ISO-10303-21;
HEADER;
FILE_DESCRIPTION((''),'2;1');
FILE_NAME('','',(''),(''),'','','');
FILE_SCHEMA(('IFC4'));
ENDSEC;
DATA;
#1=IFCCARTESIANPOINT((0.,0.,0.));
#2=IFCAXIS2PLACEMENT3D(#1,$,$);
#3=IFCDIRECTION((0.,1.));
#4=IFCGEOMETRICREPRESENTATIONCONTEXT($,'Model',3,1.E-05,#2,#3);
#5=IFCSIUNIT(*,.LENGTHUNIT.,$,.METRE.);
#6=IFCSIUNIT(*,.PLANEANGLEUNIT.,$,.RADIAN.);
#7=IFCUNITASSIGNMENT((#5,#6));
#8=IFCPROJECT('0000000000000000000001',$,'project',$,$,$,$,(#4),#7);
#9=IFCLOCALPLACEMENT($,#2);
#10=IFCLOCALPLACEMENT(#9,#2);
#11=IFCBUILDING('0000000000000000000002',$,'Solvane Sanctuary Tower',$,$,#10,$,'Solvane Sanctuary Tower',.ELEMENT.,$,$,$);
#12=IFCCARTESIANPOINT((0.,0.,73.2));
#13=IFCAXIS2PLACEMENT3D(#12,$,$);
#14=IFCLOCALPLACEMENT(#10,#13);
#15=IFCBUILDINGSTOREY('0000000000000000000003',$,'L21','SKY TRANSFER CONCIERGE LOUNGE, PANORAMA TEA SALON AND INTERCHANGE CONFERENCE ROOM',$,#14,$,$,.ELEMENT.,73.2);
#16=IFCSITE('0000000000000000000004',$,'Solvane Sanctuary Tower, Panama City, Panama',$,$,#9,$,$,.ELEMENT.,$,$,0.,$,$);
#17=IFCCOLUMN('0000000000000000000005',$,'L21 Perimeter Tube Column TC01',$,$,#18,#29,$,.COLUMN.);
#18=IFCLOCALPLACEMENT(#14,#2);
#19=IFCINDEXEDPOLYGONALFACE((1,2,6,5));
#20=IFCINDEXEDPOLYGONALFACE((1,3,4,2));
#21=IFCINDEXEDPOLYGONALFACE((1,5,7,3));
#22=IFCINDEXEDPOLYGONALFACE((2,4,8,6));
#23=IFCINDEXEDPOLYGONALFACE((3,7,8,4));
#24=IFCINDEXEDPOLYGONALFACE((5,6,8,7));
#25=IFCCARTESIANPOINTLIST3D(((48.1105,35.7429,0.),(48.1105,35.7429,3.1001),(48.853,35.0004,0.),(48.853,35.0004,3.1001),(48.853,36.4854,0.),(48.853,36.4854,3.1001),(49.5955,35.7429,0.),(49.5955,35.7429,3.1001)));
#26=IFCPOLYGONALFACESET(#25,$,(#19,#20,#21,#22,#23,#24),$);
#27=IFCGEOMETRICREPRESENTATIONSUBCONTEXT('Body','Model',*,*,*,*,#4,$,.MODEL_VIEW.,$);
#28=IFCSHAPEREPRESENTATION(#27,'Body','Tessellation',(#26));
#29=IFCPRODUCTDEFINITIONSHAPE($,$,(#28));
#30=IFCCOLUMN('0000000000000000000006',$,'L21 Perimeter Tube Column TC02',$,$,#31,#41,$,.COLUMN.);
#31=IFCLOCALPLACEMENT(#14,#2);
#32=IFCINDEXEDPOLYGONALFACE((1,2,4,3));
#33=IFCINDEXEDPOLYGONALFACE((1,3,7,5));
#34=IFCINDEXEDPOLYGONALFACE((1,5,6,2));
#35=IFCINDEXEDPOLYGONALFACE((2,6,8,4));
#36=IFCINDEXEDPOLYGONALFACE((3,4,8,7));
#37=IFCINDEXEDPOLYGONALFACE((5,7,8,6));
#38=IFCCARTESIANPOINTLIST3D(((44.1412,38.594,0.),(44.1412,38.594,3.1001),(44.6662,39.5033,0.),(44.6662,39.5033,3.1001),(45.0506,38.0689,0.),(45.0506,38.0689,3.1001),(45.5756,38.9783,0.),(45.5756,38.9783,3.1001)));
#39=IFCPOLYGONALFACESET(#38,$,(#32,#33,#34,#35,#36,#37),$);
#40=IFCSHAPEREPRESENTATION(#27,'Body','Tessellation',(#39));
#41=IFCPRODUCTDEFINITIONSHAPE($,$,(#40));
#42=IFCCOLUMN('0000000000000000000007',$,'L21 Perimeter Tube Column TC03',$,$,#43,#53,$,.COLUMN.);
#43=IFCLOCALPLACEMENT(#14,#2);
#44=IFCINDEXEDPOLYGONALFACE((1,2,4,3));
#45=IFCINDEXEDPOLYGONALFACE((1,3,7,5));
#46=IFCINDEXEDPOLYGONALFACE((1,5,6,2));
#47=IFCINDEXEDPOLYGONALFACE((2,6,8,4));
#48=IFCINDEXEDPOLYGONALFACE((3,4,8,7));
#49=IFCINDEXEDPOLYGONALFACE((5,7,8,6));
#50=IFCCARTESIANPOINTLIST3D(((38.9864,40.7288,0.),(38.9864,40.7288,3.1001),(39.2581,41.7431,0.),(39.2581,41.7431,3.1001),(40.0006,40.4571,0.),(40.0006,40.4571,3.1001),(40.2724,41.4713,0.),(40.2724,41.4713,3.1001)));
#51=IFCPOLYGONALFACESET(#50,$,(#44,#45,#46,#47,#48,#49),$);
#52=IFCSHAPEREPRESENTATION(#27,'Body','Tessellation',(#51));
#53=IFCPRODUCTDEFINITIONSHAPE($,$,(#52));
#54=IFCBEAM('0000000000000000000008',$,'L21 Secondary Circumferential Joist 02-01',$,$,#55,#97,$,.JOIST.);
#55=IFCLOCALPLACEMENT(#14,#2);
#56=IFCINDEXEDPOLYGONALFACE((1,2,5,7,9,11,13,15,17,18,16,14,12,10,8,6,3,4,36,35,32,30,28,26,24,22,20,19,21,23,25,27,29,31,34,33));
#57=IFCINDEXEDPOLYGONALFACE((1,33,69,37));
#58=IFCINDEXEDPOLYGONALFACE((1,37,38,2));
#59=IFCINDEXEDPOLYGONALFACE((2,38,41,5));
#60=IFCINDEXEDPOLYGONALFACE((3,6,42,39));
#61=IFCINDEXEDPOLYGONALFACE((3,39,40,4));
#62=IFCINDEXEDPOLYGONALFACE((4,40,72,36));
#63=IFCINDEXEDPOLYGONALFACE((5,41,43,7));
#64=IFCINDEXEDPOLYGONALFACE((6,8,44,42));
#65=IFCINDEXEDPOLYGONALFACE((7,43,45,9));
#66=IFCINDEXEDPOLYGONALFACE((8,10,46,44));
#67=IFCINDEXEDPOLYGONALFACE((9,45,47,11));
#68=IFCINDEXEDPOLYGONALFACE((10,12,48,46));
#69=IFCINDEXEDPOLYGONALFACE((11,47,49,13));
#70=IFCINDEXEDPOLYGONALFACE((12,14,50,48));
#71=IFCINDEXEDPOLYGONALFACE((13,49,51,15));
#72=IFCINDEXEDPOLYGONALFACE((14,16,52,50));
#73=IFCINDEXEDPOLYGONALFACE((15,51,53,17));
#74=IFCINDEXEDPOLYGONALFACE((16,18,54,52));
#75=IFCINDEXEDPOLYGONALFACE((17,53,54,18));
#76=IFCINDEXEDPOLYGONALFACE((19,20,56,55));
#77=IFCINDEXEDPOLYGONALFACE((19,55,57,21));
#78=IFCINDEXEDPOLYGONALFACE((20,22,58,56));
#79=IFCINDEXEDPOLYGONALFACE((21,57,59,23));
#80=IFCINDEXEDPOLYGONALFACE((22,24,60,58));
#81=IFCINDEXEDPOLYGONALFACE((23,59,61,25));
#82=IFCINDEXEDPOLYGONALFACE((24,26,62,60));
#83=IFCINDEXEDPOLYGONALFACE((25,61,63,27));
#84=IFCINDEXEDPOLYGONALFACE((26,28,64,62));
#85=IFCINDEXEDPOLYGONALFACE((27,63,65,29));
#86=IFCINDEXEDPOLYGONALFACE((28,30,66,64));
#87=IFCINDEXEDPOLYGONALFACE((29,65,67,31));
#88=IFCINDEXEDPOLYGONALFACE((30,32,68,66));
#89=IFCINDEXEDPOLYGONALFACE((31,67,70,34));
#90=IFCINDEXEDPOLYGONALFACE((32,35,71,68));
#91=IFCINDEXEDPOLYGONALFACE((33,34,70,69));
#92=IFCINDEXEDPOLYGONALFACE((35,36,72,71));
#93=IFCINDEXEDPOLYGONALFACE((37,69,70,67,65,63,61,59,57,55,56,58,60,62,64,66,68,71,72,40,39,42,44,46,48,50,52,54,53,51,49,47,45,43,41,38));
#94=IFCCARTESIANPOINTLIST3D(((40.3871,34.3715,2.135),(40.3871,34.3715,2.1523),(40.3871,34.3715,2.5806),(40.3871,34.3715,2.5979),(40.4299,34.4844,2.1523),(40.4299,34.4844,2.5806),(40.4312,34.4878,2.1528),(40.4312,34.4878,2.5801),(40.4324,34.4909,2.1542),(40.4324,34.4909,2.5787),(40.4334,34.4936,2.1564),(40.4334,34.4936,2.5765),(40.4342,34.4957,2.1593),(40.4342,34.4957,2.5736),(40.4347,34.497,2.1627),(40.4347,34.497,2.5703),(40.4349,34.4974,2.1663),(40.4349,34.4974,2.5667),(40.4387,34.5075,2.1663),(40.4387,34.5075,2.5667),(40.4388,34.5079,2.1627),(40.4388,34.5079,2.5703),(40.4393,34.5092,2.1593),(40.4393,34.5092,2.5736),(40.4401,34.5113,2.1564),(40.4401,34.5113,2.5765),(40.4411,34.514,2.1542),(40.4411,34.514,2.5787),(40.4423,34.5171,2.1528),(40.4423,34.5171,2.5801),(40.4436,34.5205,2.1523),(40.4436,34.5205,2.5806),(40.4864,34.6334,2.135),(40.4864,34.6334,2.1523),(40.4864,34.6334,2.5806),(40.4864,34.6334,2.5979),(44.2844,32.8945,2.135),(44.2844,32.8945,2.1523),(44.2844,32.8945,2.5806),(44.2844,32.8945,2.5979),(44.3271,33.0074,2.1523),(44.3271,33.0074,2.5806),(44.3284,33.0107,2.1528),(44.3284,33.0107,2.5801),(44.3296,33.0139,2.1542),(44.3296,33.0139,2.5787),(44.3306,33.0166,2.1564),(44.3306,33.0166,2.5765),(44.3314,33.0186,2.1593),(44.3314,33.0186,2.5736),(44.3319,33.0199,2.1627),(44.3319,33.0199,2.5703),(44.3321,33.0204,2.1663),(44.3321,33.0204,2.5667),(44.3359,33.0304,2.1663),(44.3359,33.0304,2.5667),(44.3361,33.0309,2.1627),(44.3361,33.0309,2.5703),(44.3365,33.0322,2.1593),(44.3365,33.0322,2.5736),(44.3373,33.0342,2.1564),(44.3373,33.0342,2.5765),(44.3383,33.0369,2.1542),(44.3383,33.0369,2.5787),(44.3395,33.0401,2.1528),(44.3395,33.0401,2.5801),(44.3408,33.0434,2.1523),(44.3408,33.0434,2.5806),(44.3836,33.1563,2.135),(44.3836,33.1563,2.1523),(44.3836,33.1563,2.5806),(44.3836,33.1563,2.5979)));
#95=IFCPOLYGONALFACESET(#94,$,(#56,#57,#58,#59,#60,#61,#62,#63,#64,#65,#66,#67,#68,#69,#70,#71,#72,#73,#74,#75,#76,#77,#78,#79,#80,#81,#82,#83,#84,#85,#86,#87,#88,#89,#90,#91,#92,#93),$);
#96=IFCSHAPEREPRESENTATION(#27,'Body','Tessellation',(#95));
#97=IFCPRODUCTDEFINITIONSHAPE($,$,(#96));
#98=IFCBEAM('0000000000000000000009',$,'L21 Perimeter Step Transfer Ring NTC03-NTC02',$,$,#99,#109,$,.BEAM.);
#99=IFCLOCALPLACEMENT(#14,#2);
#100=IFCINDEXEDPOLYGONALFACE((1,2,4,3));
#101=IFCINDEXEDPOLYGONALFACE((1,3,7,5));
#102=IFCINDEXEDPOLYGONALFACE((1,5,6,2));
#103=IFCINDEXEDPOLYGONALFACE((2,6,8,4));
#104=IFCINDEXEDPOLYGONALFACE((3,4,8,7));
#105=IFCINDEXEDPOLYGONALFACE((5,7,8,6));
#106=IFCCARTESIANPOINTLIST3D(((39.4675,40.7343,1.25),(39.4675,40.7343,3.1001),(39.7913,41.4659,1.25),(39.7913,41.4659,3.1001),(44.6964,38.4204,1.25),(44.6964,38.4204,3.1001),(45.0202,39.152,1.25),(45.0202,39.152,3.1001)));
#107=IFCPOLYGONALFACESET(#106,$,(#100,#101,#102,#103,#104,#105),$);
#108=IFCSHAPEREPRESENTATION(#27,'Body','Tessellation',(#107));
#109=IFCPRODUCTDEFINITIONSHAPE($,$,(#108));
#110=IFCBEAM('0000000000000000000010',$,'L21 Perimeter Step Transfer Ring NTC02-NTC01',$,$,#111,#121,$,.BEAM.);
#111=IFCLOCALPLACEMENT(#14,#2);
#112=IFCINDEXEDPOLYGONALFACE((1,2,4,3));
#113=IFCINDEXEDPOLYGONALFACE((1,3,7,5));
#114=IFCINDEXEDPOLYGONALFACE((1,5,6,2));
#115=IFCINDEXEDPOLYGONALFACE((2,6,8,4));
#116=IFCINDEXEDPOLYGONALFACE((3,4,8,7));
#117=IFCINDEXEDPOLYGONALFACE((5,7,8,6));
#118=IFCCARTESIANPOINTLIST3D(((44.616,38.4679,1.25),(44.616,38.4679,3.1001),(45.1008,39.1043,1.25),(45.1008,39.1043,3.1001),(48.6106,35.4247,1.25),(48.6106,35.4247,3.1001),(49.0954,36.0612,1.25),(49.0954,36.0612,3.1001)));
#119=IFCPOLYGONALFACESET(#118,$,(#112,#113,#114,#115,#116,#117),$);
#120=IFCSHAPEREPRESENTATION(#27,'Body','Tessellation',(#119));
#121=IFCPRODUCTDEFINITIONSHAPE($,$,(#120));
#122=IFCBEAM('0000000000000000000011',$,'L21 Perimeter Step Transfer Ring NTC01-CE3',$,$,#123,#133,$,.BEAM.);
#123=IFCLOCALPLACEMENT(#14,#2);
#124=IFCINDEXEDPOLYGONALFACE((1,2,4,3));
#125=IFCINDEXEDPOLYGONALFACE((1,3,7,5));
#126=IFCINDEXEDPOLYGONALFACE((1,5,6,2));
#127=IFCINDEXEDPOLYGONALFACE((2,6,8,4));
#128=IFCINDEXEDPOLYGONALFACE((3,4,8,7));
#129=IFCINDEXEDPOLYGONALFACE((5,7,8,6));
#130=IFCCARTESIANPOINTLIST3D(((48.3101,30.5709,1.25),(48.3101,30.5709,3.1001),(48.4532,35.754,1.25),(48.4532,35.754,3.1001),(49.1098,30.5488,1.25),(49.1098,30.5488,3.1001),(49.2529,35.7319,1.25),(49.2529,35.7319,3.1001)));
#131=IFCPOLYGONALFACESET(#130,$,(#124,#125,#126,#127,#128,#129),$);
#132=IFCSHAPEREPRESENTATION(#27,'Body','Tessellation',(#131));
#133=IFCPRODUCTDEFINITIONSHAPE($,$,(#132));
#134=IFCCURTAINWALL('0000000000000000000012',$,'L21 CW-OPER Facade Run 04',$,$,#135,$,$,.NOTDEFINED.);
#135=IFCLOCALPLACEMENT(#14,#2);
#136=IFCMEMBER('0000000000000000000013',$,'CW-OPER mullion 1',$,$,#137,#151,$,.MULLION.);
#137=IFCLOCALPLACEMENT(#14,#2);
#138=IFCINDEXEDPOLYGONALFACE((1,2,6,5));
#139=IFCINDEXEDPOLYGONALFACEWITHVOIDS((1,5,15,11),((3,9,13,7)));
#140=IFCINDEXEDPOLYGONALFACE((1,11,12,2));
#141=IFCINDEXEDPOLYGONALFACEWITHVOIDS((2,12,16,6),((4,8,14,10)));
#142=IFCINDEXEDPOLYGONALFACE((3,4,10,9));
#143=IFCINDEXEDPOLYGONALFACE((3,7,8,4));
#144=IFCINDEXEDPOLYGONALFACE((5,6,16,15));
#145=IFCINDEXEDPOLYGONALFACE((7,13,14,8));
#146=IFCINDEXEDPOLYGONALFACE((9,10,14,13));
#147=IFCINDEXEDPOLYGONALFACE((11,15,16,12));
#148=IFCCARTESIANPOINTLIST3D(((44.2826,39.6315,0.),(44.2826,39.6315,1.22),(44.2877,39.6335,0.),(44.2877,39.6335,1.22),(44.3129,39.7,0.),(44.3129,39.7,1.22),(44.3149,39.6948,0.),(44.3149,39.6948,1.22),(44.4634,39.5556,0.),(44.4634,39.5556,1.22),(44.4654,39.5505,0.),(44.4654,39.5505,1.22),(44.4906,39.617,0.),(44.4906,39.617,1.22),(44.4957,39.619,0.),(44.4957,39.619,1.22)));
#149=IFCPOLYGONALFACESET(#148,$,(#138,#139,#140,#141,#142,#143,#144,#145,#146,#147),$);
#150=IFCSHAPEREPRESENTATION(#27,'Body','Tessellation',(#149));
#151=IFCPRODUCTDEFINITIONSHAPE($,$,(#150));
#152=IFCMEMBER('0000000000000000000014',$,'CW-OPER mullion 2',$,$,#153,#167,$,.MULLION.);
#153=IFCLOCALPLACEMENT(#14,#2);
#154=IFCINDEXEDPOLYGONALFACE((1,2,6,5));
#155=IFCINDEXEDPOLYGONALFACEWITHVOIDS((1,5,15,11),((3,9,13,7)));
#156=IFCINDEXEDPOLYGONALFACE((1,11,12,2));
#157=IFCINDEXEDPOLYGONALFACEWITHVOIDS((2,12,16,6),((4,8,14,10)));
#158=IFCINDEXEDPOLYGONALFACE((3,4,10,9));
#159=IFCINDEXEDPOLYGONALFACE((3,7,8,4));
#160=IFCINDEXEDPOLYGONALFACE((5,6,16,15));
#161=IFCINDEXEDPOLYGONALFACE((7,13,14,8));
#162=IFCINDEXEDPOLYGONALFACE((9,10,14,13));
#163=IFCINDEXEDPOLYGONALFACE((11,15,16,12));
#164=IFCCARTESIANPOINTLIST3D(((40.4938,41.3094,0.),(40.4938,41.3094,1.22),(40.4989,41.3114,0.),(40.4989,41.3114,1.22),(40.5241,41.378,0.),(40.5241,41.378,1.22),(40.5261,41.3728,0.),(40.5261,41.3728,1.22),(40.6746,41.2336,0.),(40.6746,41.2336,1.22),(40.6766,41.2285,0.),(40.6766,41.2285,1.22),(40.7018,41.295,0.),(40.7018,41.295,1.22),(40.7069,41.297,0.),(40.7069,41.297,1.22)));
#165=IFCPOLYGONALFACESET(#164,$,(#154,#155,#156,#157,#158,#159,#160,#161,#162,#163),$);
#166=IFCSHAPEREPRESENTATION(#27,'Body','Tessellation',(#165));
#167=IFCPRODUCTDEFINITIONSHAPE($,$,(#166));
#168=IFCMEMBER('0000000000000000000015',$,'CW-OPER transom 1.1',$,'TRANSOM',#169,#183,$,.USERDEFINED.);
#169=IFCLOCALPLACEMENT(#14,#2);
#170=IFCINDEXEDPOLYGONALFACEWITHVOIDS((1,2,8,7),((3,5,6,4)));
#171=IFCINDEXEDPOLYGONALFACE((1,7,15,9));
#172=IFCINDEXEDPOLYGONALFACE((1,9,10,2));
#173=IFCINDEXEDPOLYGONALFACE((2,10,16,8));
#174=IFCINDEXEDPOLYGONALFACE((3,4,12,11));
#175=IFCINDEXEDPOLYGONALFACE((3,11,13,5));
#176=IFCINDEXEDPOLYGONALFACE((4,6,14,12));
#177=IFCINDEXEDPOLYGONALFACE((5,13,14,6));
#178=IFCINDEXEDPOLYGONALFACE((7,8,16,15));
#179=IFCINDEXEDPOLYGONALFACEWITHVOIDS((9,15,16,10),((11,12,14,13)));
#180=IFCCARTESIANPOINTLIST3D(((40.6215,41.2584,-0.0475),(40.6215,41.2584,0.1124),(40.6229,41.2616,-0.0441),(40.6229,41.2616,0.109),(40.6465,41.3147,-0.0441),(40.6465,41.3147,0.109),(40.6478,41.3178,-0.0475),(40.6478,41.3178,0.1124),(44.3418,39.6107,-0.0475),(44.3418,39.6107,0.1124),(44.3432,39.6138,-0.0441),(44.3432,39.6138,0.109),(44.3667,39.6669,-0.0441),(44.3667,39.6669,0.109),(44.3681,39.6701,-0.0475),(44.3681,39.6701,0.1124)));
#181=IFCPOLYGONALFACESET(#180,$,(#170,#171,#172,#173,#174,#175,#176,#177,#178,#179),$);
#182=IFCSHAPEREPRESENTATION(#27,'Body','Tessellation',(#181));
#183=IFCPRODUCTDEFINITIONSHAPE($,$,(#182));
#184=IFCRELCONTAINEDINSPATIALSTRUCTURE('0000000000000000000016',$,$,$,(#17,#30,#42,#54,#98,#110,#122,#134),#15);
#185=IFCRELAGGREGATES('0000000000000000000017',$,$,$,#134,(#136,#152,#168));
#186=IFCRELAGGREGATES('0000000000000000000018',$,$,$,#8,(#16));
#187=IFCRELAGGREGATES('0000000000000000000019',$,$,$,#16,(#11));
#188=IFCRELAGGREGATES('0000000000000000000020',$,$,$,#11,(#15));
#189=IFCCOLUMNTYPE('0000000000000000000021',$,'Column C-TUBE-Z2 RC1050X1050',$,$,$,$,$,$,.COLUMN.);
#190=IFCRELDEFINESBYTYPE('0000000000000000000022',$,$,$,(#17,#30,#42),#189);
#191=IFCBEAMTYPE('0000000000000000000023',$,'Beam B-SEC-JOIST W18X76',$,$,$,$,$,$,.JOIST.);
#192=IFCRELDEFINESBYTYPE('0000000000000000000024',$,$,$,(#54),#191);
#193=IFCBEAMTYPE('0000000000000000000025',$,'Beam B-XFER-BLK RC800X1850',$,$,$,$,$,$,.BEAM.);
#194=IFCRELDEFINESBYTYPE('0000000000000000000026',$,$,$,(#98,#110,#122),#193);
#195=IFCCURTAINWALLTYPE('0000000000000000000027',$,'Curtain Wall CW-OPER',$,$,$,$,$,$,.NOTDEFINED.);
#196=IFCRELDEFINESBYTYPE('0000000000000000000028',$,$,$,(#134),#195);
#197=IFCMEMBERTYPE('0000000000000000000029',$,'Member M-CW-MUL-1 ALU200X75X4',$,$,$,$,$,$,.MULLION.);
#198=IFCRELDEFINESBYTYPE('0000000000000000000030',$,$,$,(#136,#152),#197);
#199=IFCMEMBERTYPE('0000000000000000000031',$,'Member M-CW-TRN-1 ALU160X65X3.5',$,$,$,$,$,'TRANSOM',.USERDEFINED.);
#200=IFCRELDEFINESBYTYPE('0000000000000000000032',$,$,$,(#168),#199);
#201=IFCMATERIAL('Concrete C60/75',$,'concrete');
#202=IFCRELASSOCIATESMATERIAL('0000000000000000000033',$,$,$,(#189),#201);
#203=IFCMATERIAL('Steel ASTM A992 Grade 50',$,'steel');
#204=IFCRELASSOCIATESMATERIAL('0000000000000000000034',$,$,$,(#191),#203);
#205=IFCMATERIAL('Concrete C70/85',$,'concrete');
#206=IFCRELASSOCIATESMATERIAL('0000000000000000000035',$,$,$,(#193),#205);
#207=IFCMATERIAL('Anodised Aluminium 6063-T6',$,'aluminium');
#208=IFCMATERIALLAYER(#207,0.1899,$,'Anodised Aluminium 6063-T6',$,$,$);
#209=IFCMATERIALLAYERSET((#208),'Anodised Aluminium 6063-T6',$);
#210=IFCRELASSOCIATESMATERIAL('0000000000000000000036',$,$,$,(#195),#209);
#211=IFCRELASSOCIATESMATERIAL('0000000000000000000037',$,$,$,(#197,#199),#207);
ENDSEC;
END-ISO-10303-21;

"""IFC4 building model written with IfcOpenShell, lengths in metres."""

from ifc_helpers import new_model, si_unit, direction, frame, origin, origin_2d, place, context, subcontext, project, spatial, rectangle, hollow_rectangle, i_section, extrude, material, layer, layer_set, material_profile, profile_set, type_object, element, aggregate, save


model = new_model("IFC4")

# Units and contexts
model_context = context("Model", 3, precision=1e-05, world=origin(), true_north=direction((0.0, 1.0)))
body_context = subcontext(model_context, "Body", "Model", "MODEL_VIEW")
ifc_project = project(units=[si_unit("LENGTHUNIT", "METRE"), si_unit("PLANEANGLEUNIT", "RADIAN")], contexts=[model_context])

# Site, building, storey
site_placement = place(None, origin())
site = spatial("IfcSite", under=ifc_project, at=site_placement, Name="Solvane Sanctuary Tower, Panama City, Panama", CompositionType="ELEMENT", RefElevation=0.0)
building_placement = place(site_placement, origin())
building = spatial("IfcBuilding", under=site, at=building_placement, Name="Solvane Sanctuary Tower", LongName="Solvane Sanctuary Tower", CompositionType="ELEMENT")
storey_placement = place(building_placement, frame((0.0, 0.0, 73.2)))
storey = spatial("IfcBuildingStorey", under=building, at=storey_placement, Name="L21", Description="SKY TRANSFER CONCIERGE LOUNGE, PANORAMA TEA SALON AND INTERCHANGE CONFERENCE ROOM", CompositionType="ELEMENT", Elevation=73.2)

# Columns
ifc_material_1 = material(Name="Concrete C60/75", Category="concrete")
ifc_material_profile_1 = material_profile(ifc_material_1, rectangle(XDim=1.05, YDim=1.05, at=origin_2d()), Name="RC1050X1050")
ifc_profile_set_1 = profile_set([ifc_material_profile_1], Name="Concrete C60/75")
column_type = type_object("IfcColumnType", Name="Column C-TUBE-Z2 RC1050X1050", PredefinedType="COLUMN", material=ifc_profile_set_1)
for number, where, z_axis, x_axis, name in (
    (1, (48.853, 35.7429, 0.0), (0.0, 0.0, 1.0), (0.707107, 0.707107, 0.0), "L21 Perimeter Tube Column TC01"),
    (2, (44.8584, 38.7861, 0.0), (0.0, 0.0, 1.0), (0.5, 0.866025, 0.0), "L21 Perimeter Tube Column TC02"),
    (3, (39.6294, 41.1001, 0.0), (0.0, 0.0, 1.0), (0.258819, 0.965926, 0.0), "L21 Perimeter Tube Column TC03"),
):
    element("IfcColumn", number, at=place(storey_placement, frame(where, z_axis=z_axis, x_axis=x_axis)), inside=storey, type_object=column_type, Name=name, PredefinedType="COLUMN", context=body_context, shape_type="SweptSolid", body=[
        extrude(rectangle(XDim=1.05, YDim=1.05, at=origin_2d()), origin(), (0.0, 0.0, 1.0), 3.1001),
    ])

# Beams
ifc_material_2 = material(Name="Steel ASTM A992 Grade 50", Category="steel")
ifc_material_profile_2 = material_profile(ifc_material_2, i_section(OverallWidth=0.28, OverallDepth=0.4629, WebThickness=0.0107, FlangeThickness=0.0173, FilletRadius=0.0139, at=origin_2d()), Name="W18X76")
ifc_profile_set_2 = profile_set([ifc_material_profile_2], Name="Steel ASTM A992 Grade 50")
beam_type_1 = type_object("IfcBeamType", Name="Beam B-SEC-JOIST W18X76", PredefinedType="JOIST", material=ifc_profile_set_2)
beam_1_placement = place(storey_placement, frame((40.4368, 34.5024, 2.3665), z_axis=(0.935093, -0.354402, 0.0), x_axis=(0.354402, 0.935093, 0.0)))
element("IfcBeam", 4, at=beam_1_placement, inside=storey, type_object=beam_type_1, Name="L21 Secondary Circumferential Joist 02-01", PredefinedType="JOIST", context=body_context, shape_type="SweptSolid", body=[
    extrude(i_section(OverallWidth=0.28, OverallDepth=0.4629, WebThickness=0.0107, FlangeThickness=0.0173, FilletRadius=0.0139, at=origin_2d()), origin(), (0.0, 0.0, 1.0), 4.1677),
])
ifc_material_3 = material(Name="Concrete C70/85", Category="concrete")
ifc_material_profile_3 = material_profile(ifc_material_3, rectangle(XDim=0.8, YDim=1.8501, at=origin_2d()), Name="RC800X1850")
ifc_profile_set_3 = profile_set([ifc_material_profile_3], Name="Concrete C70/85")
beam_type_2 = type_object("IfcBeamType", Name="Beam B-XFER-BLK RC800X1850", PredefinedType="BEAM", material=ifc_profile_set_3)
beam_2_placement = place(storey_placement, frame((39.6294, 41.1001, 2.175), z_axis=(0.914462, -0.404672, 0.0), x_axis=(0.404672, 0.914462, 0.0)))
element("IfcBeam", 5, at=beam_2_placement, inside=storey, type_object=beam_type_2, Name="L21 Perimeter Step Transfer Ring NTC03-NTC02", PredefinedType="BEAM", context=body_context, shape_type="SweptSolid", body=[
    extrude(rectangle(XDim=0.8, YDim=1.8501, at=origin_2d()), origin(), (0.0, 0.0, 1.0), 5.718),
])
beam_3_placement = place(storey_placement, frame((44.8584, 38.7861, 2.175), z_axis=(0.795462, -0.606004, 0.0), x_axis=(0.606004, 0.795462, 0.0)))
element("IfcBeam", 6, at=beam_3_placement, inside=storey, type_object=beam_type_2, Name="L21 Perimeter Step Transfer Ring NTC02-NTC01", PredefinedType="BEAM", context=body_context, shape_type="SweptSolid", body=[
    extrude(rectangle(XDim=0.8, YDim=1.8501, at=origin_2d()), origin(), (0.0, 0.0, 1.0), 5.0217),
])
beam_4_placement = place(storey_placement, frame((48.853, 35.7429, 2.175), z_axis=(-0.027592, -0.999619, 0.0), x_axis=(0.999619, -0.027592, 0.0)))
element("IfcBeam", 7, at=beam_4_placement, inside=storey, type_object=beam_type_2, Name="L21 Perimeter Step Transfer Ring NTC01-CE3", PredefinedType="BEAM", context=body_context, shape_type="SweptSolid", body=[
    extrude(rectangle(XDim=0.8, YDim=1.8501, at=origin_2d()), origin(), (0.0, 0.0, 1.0), 5.1851),
])

# Curtain wall, members
ifc_material_4 = material(Name="Anodised Aluminium 6063-T6", Category="aluminium")
ifc_layer_1 = layer(ifc_material_4, 0.1899, Name="Anodised Aluminium 6063-T6")
ifc_layer_set_1 = layer_set([ifc_layer_1], Name="Anodised Aluminium 6063-T6")
curtain_wall_type = type_object("IfcCurtainWallType", Name="Curtain Wall CW-OPER", PredefinedType="NOTDEFINED", material=ifc_layer_set_1)
curtain_wall_placement = place(storey_placement, origin())
curtain_wall = element("IfcCurtainWall", 8, at=curtain_wall_placement, inside=storey, type_object=curtain_wall_type, Name="L21 CW-OPER Facade Run 04", PredefinedType="NOTDEFINED")
ifc_material_profile_4 = material_profile(ifc_material_4, hollow_rectangle(XDim=0.075, YDim=0.2, WallThickness=0.0039, at=origin_2d()), Name="ALU200X75X4")
ifc_profile_set_4 = profile_set([ifc_material_profile_4], Name="Anodised Aluminium 6063-T6")
member_type_1 = type_object("IfcMemberType", Name="Member M-CW-MUL-1 ALU200X75X4", PredefinedType="MULLION", material=ifc_profile_set_4)
member_1_placement = place(storey_placement, frame((44.3892, 39.6252, 0.0), z_axis=(0.0, 0.0, 1.0), x_axis=(-0.404951, -0.914339, 0.0)))
member_1 = element("IfcMember", 9, at=member_1_placement, type_object=member_type_1, Name="CW-OPER mullion 1", PredefinedType="MULLION", context=body_context, shape_type="SweptSolid", body=[
    extrude(hollow_rectangle(XDim=0.075, YDim=0.2, WallThickness=0.0039, at=origin_2d()), origin(), (0.0, 0.0, 1.0), 1.22),
])
member_2_placement = place(storey_placement, frame((40.6003, 41.3032, 0.0), z_axis=(0.0, 0.0, 1.0), x_axis=(-0.404951, -0.914339, 0.0)))
member_2 = element("IfcMember", 10, at=member_2_placement, type_object=member_type_1, Name="CW-OPER mullion 2", PredefinedType="MULLION", context=body_context, shape_type="SweptSolid", body=[
    extrude(hollow_rectangle(XDim=0.075, YDim=0.2, WallThickness=0.0039, at=origin_2d()), origin(), (0.0, 0.0, 1.0), 1.22),
])
ifc_material_profile_5 = material_profile(ifc_material_4, hollow_rectangle(XDim=0.0649, YDim=0.1599, WallThickness=0.0034, at=origin_2d()), Name="ALU160X65X3.5")
ifc_profile_set_5 = profile_set([ifc_material_profile_5], Name="Anodised Aluminium 6063-T6")
member_type_2 = type_object("IfcMemberType", Name="Member M-CW-TRN-1 ALU160X65X3.5", ElementType="TRANSOM", PredefinedType="USERDEFINED", material=ifc_profile_set_5)
member_3_placement = place(storey_placement, frame((44.355, 39.6404, 0.0325), z_axis=(-0.914333, 0.404963, 0.0), x_axis=(-0.404963, -0.914333, 0.0)))
member_3 = element("IfcMember", 11, at=member_3_placement, type_object=member_type_2, Name="CW-OPER transom 1.1", ObjectType="TRANSOM", PredefinedType="USERDEFINED", context=body_context, shape_type="SweptSolid", body=[
    extrude(hollow_rectangle(XDim=0.0649, YDim=0.1599, WallThickness=0.0034, at=origin_2d()), origin(), (0.0, 0.0, 1.0), 4.0688),
])
aggregate(curtain_wall, [member_1, member_2, member_3])

save(model, "model.ifc")
